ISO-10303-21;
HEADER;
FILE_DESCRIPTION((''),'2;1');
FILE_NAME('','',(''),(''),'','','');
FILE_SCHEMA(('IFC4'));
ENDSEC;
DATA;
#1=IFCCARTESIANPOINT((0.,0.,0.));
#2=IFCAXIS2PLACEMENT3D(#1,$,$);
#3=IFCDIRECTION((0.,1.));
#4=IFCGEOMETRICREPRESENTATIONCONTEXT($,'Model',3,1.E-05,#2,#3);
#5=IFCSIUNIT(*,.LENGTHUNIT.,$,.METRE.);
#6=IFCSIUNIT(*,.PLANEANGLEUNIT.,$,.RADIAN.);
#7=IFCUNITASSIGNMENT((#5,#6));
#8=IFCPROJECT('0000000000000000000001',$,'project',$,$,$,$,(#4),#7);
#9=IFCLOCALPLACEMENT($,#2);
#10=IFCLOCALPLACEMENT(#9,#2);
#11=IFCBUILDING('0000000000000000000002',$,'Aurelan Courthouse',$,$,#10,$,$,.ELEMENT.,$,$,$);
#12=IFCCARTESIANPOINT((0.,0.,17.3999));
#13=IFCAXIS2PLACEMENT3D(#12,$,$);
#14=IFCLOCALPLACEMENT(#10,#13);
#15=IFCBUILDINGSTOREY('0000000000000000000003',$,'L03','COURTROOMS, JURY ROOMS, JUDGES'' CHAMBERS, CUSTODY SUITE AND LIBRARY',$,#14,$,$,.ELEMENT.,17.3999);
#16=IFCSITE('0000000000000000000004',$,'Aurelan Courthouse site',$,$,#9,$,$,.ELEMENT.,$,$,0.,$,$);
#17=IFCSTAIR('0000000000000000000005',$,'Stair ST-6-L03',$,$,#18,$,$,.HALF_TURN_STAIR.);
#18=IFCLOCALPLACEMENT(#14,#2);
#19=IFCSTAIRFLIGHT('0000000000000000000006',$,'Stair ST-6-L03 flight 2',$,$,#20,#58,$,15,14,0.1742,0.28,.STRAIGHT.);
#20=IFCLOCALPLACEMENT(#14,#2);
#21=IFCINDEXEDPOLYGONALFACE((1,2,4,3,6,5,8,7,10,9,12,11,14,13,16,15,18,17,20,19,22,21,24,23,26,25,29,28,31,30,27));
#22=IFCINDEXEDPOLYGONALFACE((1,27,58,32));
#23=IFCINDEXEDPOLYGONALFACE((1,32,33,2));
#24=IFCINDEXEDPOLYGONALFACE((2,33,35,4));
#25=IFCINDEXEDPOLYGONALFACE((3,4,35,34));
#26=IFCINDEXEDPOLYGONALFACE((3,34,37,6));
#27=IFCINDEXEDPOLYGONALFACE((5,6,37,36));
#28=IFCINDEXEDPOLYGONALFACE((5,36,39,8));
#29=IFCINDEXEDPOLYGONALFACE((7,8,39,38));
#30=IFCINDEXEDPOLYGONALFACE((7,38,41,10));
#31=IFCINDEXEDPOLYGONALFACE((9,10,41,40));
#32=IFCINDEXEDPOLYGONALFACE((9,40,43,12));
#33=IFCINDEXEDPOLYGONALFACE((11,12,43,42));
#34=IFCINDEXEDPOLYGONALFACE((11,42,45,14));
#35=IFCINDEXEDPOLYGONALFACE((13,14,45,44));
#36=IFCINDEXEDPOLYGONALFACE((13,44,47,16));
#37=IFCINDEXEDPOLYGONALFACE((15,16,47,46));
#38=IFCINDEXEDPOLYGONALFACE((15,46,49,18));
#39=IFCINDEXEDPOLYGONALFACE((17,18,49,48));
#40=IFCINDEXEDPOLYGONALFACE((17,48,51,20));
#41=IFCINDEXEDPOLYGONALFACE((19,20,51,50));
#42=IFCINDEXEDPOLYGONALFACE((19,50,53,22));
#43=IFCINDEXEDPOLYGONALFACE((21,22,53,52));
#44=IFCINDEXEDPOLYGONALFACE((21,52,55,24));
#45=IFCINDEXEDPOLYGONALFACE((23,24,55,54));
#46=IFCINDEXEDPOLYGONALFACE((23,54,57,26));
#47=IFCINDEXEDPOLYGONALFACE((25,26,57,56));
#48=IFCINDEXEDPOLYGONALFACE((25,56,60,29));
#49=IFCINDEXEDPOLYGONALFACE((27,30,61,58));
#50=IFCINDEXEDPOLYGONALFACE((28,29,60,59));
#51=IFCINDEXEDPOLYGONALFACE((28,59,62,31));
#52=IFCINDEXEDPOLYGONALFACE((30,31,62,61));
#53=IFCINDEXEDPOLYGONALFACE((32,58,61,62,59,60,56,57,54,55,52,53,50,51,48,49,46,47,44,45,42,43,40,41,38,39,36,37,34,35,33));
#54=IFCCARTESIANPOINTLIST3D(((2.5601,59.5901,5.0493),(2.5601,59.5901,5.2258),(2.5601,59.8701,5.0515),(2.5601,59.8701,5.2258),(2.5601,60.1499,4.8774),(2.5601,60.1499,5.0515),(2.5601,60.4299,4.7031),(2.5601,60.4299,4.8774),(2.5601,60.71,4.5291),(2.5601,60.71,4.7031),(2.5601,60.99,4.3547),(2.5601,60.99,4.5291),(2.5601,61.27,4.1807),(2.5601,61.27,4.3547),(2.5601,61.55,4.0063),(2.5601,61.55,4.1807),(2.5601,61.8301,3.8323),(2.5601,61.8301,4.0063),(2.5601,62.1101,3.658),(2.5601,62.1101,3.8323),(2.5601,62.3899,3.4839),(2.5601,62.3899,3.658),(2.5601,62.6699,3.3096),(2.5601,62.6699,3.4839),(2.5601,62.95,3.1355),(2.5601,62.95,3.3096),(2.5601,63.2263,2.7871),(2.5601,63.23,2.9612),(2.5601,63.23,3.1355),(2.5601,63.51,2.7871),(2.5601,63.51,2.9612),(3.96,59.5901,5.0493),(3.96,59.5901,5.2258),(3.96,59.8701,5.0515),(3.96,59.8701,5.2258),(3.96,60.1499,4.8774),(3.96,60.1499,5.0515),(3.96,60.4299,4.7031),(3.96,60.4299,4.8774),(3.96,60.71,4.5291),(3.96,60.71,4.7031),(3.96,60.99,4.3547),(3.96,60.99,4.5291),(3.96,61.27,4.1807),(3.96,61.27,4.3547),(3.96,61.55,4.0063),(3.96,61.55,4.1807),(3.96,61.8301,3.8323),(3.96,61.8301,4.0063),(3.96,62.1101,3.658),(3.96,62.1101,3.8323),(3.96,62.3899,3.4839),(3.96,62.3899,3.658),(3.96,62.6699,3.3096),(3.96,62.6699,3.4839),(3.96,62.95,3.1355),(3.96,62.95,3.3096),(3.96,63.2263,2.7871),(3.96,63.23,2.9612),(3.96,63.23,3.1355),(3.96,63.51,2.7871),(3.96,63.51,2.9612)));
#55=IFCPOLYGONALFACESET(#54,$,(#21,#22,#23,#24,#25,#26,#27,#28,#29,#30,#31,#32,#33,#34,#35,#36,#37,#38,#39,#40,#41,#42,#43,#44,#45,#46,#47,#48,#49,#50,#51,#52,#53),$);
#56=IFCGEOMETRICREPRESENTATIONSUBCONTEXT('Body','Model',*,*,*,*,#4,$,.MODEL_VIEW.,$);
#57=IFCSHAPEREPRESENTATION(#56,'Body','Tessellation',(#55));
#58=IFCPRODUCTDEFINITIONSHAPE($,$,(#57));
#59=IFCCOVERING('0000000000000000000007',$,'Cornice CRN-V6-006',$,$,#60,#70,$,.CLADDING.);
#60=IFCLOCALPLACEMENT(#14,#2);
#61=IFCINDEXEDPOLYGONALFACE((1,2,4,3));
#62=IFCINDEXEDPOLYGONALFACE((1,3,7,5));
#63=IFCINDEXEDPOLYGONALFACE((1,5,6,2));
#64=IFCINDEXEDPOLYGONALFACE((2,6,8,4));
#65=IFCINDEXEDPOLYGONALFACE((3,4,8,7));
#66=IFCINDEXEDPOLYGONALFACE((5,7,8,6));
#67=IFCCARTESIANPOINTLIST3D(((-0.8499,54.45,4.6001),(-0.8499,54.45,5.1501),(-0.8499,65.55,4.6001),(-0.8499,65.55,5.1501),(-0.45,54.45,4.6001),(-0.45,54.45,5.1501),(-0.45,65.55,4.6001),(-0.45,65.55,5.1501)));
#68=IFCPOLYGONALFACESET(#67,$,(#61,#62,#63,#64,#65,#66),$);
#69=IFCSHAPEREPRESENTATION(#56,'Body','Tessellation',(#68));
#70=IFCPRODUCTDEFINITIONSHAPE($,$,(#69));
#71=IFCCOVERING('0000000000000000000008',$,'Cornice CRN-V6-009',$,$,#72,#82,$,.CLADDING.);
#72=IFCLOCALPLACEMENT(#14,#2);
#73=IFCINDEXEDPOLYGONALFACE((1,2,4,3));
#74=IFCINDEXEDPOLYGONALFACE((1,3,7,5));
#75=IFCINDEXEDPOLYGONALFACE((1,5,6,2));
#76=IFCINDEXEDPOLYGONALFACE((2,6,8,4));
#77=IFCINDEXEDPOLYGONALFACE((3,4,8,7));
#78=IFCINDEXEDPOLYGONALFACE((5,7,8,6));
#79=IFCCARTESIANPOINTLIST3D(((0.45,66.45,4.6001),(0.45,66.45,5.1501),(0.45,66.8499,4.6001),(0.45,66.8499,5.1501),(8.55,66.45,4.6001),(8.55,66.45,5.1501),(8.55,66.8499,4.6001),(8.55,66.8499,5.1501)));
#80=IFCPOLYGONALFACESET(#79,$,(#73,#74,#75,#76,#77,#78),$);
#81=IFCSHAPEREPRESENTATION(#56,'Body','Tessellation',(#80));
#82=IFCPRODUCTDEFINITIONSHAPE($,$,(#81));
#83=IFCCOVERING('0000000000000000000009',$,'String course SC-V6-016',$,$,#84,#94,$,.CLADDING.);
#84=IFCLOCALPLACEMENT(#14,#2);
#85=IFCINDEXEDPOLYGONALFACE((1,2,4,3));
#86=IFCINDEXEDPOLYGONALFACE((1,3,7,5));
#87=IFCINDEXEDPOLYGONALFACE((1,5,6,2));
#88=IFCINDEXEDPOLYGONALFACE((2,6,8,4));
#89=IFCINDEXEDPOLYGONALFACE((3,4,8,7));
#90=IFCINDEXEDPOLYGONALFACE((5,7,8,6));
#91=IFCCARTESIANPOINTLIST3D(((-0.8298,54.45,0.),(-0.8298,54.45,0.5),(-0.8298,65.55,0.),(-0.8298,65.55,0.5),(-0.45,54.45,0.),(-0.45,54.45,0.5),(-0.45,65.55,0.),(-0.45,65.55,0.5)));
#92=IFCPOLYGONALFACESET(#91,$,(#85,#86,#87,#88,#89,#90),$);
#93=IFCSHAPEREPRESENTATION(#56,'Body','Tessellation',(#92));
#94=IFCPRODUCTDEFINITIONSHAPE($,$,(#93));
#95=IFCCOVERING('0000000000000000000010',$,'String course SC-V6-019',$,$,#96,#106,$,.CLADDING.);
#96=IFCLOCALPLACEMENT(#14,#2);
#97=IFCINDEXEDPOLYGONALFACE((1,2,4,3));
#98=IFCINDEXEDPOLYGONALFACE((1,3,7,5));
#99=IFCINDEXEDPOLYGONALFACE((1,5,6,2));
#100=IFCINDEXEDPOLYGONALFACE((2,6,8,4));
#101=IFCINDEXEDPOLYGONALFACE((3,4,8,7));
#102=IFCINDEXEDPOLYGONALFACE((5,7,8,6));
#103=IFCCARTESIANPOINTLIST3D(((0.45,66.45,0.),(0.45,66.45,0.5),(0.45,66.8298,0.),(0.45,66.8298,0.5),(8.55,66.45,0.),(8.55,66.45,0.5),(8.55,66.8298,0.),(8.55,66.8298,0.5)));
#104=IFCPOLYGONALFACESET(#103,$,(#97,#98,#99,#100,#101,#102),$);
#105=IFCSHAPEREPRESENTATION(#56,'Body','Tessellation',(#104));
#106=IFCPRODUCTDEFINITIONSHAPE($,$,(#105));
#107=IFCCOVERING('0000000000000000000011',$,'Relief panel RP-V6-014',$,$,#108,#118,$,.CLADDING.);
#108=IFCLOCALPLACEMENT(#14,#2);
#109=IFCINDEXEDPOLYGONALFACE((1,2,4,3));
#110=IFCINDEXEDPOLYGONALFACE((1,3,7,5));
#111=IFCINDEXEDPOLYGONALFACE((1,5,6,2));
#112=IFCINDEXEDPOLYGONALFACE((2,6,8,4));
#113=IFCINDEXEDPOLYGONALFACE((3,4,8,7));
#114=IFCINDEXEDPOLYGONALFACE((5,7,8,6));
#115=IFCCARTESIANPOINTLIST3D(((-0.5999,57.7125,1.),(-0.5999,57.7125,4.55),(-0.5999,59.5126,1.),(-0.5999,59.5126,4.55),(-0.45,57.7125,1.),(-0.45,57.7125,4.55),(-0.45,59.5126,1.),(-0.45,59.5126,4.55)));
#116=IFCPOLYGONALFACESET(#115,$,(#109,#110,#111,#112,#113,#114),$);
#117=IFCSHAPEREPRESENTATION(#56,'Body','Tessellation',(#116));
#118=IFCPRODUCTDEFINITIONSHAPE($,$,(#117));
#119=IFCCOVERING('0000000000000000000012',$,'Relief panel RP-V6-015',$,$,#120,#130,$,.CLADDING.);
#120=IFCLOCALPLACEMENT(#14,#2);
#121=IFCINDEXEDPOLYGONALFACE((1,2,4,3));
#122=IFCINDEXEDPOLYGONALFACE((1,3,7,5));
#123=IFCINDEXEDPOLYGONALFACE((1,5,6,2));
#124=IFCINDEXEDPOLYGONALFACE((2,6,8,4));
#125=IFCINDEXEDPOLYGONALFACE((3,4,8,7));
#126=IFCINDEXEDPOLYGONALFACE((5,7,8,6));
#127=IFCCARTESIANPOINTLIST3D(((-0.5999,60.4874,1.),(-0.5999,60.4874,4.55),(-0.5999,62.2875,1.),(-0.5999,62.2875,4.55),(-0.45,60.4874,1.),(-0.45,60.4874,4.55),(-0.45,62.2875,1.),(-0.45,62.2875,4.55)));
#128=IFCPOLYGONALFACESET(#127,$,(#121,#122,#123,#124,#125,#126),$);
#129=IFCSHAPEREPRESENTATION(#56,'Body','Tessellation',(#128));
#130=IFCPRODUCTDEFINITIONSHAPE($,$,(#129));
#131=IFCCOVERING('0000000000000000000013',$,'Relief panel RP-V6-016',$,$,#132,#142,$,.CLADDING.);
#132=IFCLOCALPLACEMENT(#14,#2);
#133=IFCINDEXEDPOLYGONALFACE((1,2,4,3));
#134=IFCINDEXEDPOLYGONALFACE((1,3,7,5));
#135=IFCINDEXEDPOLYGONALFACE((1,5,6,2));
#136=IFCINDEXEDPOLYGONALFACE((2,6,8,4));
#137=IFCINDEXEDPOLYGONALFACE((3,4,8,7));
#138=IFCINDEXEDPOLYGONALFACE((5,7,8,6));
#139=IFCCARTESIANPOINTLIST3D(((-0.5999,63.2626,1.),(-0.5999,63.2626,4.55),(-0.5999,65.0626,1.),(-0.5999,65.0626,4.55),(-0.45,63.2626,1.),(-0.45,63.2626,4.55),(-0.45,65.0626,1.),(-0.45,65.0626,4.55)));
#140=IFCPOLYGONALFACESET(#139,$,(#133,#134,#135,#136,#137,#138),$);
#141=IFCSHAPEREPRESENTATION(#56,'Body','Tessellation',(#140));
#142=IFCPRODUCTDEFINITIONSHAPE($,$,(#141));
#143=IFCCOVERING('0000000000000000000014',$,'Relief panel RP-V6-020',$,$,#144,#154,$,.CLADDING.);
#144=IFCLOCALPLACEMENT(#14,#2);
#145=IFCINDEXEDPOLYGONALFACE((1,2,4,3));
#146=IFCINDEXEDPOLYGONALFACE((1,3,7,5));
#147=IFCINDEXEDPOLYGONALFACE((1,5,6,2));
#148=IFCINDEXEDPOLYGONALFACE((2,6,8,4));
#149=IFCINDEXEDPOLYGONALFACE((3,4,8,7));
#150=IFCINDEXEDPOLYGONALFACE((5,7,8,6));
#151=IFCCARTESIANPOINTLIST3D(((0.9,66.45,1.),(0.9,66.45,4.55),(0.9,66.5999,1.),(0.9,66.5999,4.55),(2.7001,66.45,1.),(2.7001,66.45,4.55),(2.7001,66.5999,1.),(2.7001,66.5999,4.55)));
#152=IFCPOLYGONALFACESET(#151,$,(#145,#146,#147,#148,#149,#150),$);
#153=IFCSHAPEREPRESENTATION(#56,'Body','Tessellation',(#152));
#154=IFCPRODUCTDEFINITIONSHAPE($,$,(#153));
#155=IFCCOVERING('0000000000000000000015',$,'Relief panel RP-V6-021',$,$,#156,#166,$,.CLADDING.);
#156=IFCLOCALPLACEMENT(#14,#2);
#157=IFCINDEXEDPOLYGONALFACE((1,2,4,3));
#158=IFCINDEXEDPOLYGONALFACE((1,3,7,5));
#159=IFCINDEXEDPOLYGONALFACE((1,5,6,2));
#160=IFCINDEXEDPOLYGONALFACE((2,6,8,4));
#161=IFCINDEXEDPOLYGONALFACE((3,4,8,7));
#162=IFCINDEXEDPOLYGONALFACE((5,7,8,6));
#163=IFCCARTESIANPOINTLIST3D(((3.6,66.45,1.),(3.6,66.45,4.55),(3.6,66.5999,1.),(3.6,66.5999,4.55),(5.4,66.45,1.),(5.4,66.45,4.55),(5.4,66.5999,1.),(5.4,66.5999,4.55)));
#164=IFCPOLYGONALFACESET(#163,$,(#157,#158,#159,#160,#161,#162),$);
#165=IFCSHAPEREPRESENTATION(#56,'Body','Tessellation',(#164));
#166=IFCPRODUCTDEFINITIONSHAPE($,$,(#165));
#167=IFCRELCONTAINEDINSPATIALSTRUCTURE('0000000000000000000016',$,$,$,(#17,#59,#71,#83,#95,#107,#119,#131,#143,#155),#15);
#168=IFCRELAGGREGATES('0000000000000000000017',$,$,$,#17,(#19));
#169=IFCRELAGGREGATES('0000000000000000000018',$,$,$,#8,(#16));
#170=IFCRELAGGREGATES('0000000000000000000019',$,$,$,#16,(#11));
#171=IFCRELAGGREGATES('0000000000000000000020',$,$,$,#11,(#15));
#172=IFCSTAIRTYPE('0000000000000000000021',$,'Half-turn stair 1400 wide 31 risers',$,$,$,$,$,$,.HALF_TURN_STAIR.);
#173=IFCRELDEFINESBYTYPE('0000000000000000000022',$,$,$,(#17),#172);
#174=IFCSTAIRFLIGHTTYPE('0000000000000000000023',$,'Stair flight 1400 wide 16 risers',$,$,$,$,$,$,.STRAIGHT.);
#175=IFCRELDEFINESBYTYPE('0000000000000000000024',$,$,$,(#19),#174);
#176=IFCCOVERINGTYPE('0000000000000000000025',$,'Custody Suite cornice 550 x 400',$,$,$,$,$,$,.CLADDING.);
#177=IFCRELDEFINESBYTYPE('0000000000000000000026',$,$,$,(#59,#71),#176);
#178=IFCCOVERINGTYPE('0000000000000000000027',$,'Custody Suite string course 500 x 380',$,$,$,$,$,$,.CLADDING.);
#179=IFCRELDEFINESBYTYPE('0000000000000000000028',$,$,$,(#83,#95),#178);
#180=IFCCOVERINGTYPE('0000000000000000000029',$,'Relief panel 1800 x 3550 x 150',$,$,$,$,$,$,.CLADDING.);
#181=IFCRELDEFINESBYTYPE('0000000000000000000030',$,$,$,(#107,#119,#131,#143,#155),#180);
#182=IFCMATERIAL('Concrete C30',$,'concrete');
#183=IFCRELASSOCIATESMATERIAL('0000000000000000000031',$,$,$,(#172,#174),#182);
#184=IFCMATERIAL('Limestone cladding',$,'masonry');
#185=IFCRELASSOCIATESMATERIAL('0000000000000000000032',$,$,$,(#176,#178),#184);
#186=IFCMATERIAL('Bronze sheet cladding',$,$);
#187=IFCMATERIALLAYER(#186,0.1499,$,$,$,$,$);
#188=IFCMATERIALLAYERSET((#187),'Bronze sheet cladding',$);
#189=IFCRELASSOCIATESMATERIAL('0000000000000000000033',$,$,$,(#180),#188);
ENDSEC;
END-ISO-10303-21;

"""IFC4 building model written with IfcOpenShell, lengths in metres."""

from ifc_helpers import new_model, si_unit, direction, frame, origin, origin_2d, place, context, subcontext, project, spatial, polyline, rectangle, outline, extrude, material, layer, layer_set, type_object, element, aggregate, save


model = new_model("IFC4")

# Units and contexts
model_context = context("Model", 3, precision=1e-05, world=origin(), true_north=direction((0.0, 1.0)))
body_context = subcontext(model_context, "Body", "Model", "MODEL_VIEW")
ifc_project = project(units=[si_unit("LENGTHUNIT", "METRE"), si_unit("PLANEANGLEUNIT", "RADIAN")], contexts=[model_context])

# Site, building, storey
site_placement = place(None, origin())
site = spatial("IfcSite", under=ifc_project, at=site_placement, Name="Aurelan Courthouse site", CompositionType="ELEMENT", RefElevation=0.0)
building_placement = place(site_placement, origin())
building = spatial("IfcBuilding", under=site, at=building_placement, Name="Aurelan Courthouse", CompositionType="ELEMENT")
storey_placement = place(building_placement, frame((0.0, 0.0, 17.3999)))
storey = spatial("IfcBuildingStorey", under=building, at=storey_placement, Name="L03", Description="COURTROOMS, JURY ROOMS, JUDGES' CHAMBERS, CUSTODY SUITE AND LIBRARY", CompositionType="ELEMENT", Elevation=17.3999)

# Shared definitions
ifc_material_1 = material(Name="Limestone cladding", Category="masonry")
ifc_material_2 = material(Name="Concrete C30", Category="concrete")

# Stair, stair flight
stair_type = type_object("IfcStairType", Name="Half-turn stair 1400 wide 31 risers", PredefinedType="HALF_TURN_STAIR", material=ifc_material_2)
stair_placement = place(storey_placement, origin())
stair = element("IfcStair", 1, at=stair_placement, inside=storey, type_object=stair_type, Name="Stair ST-6-L03", PredefinedType="HALF_TURN_STAIR")
stair_flight_type = type_object("IfcStairFlightType", Name="Stair flight 1400 wide 16 risers", PredefinedType="STRAIGHT", material=ifc_material_2)
stair_flight_1_placement = place(storey_placement, frame((3.26, 63.51, 2.7871), z_axis=(0.0, 0.0, 1.0), x_axis=(0.0, -1.0, 0.0)))
stair_flight_1 = element("IfcStairFlight", 2, at=stair_flight_1_placement, type_object=stair_flight_type, Name="Stair ST-6-L03 flight 2", NumberOfRisers=15, NumberOfTreads=14, PredefinedType="STRAIGHT", RiserHeight=0.1742, TreadLength=0.28, context=body_context, shape_type="SweptSolid", body=[
    extrude(outline(polyline([(0.0, 0.0), (0.0, 0.1741), (0.28, 0.1741), (0.28, 0.3484), (0.5601, 0.3484), (0.5601, 0.5225), (0.8401, 0.5225), (0.8401, 0.6968), (1.1201, 0.6968), (1.1201, 0.8708), (1.3999, 0.8708), (1.3999, 1.0452), (1.6799, 1.0452), (1.6799, 1.2192), (1.96, 1.2192), (1.96, 1.3936), (2.24, 1.3936), (2.24, 1.5676), (2.52, 1.5676), (2.52, 1.7419), (2.8, 1.7419), (2.8, 1.916), (3.0801, 1.916), (3.0801, 2.0903), (3.3601, 2.0903), (3.3601, 2.2644), (3.6399, 2.2644), (3.6399, 2.4387), (3.9199, 2.4387), (3.9199, 2.6128), (3.9199, 2.2622), (0.2837, 0.0), (0.0, 0.0)])), frame((0.0, 0.7, 0.0), z_axis=(0.0, -1.0, 0.0), x_axis=(1.0, 0.0, 0.0)), (0.0, 0.0, 1.0), 1.3999),
])
aggregate(stair, [stair_flight_1])

# Coverings
covering_type_1 = type_object("IfcCoveringType", Name="Custody Suite cornice 550 x 400", PredefinedType="CLADDING", material=ifc_material_1)
covering_1_placement = place(storey_placement, frame((-0.6499, 60.0, 4.6001), z_axis=(0.0, 0.0, 1.0), x_axis=(1.0, 0.0, 0.0)))
element("IfcCovering", 3, at=covering_1_placement, inside=storey, type_object=covering_type_1, Name="Cornice CRN-V6-006", PredefinedType="CLADDING", context=body_context, shape_type="SweptSolid", body=[
    extrude(rectangle(XDim=0.3999, YDim=11.1001, at=origin_2d()), origin(), (0.0, 0.0, 1.0), 0.55),
])
covering_2_placement = place(storey_placement, frame((4.5, 66.6499, 4.6001), z_axis=(0.0, 0.0, 1.0), x_axis=(1.0, 0.0, 0.0)))
element("IfcCovering", 4, at=covering_2_placement, inside=storey, type_object=covering_type_1, Name="Cornice CRN-V6-009", PredefinedType="CLADDING", context=body_context, shape_type="SweptSolid", body=[
    extrude(rectangle(XDim=8.1001, YDim=0.3999, at=origin_2d()), origin(), (0.0, 0.0, 1.0), 0.55),
])
covering_type_2 = type_object("IfcCoveringType", Name="Custody Suite string course 500 x 380", PredefinedType="CLADDING", material=ifc_material_1)
covering_3_placement = place(storey_placement, frame((-0.6399, 60.0, 0.0), z_axis=(0.0, 0.0, 1.0), x_axis=(1.0, 0.0, 0.0)))
element("IfcCovering", 5, at=covering_3_placement, inside=storey, type_object=covering_type_2, Name="String course SC-V6-016", PredefinedType="CLADDING", context=body_context, shape_type="SweptSolid", body=[
    extrude(rectangle(XDim=0.3799, YDim=11.1001, at=origin_2d()), origin(), (0.0, 0.0, 1.0), 0.5),
])
covering_4_placement = place(storey_placement, frame((4.5, 66.6399, 0.0), z_axis=(0.0, 0.0, 1.0), x_axis=(1.0, 0.0, 0.0)))
element("IfcCovering", 6, at=covering_4_placement, inside=storey, type_object=covering_type_2, Name="String course SC-V6-019", PredefinedType="CLADDING", context=body_context, shape_type="SweptSolid", body=[
    extrude(rectangle(XDim=8.1001, YDim=0.3799, at=origin_2d()), origin(), (0.0, 0.0, 1.0), 0.5),
])
ifc_material_3 = material(Name="Bronze sheet cladding")
ifc_layer_1 = layer(ifc_material_3, 0.1499)
ifc_layer_set_1 = layer_set([ifc_layer_1], Name="Bronze sheet cladding")
covering_type_3 = type_object("IfcCoveringType", Name="Relief panel 1800 x 3550 x 150", PredefinedType="CLADDING", material=ifc_layer_set_1)
for number, where, z_axis, x_axis, name in (
    (7, (-0.5249, 58.6125, 1.0), (0.0, 0.0, 1.0), (1.0, 0.0, 0.0), "Relief panel RP-V6-014"),
    (8, (-0.5249, 61.3875, 1.0), (0.0, 0.0, 1.0), (1.0, 0.0, 0.0), "Relief panel RP-V6-015"),
    (9, (-0.5249, 64.1626, 1.0), (0.0, 0.0, 1.0), (1.0, 0.0, 0.0), "Relief panel RP-V6-016"),
):
    element("IfcCovering", number, at=place(storey_placement, frame(where, z_axis=z_axis, x_axis=x_axis)), inside=storey, type_object=covering_type_3, Name=name, PredefinedType="CLADDING", context=body_context, shape_type="SweptSolid", body=[
        extrude(rectangle(XDim=0.1499, YDim=1.8, at=origin_2d()), origin(), (0.0, 0.0, 1.0), 3.55),
    ])
for number, where, z_axis, x_axis, name in (
    (10, (1.8, 66.5249, 1.0), (0.0, 0.0, 1.0), (1.0, 0.0, 0.0), "Relief panel RP-V6-020"),
    (11, (4.5, 66.5249, 1.0), (0.0, 0.0, 1.0), (1.0, 0.0, 0.0), "Relief panel RP-V6-021"),
):
    element("IfcCovering", number, at=place(storey_placement, frame(where, z_axis=z_axis, x_axis=x_axis)), inside=storey, type_object=covering_type_3, Name=name, PredefinedType="CLADDING", context=body_context, shape_type="SweptSolid", body=[
        extrude(rectangle(XDim=1.8, YDim=0.1499, at=origin_2d()), origin(), (0.0, 0.0, 1.0), 3.55),
    ])

save(model, "model.ifc")
